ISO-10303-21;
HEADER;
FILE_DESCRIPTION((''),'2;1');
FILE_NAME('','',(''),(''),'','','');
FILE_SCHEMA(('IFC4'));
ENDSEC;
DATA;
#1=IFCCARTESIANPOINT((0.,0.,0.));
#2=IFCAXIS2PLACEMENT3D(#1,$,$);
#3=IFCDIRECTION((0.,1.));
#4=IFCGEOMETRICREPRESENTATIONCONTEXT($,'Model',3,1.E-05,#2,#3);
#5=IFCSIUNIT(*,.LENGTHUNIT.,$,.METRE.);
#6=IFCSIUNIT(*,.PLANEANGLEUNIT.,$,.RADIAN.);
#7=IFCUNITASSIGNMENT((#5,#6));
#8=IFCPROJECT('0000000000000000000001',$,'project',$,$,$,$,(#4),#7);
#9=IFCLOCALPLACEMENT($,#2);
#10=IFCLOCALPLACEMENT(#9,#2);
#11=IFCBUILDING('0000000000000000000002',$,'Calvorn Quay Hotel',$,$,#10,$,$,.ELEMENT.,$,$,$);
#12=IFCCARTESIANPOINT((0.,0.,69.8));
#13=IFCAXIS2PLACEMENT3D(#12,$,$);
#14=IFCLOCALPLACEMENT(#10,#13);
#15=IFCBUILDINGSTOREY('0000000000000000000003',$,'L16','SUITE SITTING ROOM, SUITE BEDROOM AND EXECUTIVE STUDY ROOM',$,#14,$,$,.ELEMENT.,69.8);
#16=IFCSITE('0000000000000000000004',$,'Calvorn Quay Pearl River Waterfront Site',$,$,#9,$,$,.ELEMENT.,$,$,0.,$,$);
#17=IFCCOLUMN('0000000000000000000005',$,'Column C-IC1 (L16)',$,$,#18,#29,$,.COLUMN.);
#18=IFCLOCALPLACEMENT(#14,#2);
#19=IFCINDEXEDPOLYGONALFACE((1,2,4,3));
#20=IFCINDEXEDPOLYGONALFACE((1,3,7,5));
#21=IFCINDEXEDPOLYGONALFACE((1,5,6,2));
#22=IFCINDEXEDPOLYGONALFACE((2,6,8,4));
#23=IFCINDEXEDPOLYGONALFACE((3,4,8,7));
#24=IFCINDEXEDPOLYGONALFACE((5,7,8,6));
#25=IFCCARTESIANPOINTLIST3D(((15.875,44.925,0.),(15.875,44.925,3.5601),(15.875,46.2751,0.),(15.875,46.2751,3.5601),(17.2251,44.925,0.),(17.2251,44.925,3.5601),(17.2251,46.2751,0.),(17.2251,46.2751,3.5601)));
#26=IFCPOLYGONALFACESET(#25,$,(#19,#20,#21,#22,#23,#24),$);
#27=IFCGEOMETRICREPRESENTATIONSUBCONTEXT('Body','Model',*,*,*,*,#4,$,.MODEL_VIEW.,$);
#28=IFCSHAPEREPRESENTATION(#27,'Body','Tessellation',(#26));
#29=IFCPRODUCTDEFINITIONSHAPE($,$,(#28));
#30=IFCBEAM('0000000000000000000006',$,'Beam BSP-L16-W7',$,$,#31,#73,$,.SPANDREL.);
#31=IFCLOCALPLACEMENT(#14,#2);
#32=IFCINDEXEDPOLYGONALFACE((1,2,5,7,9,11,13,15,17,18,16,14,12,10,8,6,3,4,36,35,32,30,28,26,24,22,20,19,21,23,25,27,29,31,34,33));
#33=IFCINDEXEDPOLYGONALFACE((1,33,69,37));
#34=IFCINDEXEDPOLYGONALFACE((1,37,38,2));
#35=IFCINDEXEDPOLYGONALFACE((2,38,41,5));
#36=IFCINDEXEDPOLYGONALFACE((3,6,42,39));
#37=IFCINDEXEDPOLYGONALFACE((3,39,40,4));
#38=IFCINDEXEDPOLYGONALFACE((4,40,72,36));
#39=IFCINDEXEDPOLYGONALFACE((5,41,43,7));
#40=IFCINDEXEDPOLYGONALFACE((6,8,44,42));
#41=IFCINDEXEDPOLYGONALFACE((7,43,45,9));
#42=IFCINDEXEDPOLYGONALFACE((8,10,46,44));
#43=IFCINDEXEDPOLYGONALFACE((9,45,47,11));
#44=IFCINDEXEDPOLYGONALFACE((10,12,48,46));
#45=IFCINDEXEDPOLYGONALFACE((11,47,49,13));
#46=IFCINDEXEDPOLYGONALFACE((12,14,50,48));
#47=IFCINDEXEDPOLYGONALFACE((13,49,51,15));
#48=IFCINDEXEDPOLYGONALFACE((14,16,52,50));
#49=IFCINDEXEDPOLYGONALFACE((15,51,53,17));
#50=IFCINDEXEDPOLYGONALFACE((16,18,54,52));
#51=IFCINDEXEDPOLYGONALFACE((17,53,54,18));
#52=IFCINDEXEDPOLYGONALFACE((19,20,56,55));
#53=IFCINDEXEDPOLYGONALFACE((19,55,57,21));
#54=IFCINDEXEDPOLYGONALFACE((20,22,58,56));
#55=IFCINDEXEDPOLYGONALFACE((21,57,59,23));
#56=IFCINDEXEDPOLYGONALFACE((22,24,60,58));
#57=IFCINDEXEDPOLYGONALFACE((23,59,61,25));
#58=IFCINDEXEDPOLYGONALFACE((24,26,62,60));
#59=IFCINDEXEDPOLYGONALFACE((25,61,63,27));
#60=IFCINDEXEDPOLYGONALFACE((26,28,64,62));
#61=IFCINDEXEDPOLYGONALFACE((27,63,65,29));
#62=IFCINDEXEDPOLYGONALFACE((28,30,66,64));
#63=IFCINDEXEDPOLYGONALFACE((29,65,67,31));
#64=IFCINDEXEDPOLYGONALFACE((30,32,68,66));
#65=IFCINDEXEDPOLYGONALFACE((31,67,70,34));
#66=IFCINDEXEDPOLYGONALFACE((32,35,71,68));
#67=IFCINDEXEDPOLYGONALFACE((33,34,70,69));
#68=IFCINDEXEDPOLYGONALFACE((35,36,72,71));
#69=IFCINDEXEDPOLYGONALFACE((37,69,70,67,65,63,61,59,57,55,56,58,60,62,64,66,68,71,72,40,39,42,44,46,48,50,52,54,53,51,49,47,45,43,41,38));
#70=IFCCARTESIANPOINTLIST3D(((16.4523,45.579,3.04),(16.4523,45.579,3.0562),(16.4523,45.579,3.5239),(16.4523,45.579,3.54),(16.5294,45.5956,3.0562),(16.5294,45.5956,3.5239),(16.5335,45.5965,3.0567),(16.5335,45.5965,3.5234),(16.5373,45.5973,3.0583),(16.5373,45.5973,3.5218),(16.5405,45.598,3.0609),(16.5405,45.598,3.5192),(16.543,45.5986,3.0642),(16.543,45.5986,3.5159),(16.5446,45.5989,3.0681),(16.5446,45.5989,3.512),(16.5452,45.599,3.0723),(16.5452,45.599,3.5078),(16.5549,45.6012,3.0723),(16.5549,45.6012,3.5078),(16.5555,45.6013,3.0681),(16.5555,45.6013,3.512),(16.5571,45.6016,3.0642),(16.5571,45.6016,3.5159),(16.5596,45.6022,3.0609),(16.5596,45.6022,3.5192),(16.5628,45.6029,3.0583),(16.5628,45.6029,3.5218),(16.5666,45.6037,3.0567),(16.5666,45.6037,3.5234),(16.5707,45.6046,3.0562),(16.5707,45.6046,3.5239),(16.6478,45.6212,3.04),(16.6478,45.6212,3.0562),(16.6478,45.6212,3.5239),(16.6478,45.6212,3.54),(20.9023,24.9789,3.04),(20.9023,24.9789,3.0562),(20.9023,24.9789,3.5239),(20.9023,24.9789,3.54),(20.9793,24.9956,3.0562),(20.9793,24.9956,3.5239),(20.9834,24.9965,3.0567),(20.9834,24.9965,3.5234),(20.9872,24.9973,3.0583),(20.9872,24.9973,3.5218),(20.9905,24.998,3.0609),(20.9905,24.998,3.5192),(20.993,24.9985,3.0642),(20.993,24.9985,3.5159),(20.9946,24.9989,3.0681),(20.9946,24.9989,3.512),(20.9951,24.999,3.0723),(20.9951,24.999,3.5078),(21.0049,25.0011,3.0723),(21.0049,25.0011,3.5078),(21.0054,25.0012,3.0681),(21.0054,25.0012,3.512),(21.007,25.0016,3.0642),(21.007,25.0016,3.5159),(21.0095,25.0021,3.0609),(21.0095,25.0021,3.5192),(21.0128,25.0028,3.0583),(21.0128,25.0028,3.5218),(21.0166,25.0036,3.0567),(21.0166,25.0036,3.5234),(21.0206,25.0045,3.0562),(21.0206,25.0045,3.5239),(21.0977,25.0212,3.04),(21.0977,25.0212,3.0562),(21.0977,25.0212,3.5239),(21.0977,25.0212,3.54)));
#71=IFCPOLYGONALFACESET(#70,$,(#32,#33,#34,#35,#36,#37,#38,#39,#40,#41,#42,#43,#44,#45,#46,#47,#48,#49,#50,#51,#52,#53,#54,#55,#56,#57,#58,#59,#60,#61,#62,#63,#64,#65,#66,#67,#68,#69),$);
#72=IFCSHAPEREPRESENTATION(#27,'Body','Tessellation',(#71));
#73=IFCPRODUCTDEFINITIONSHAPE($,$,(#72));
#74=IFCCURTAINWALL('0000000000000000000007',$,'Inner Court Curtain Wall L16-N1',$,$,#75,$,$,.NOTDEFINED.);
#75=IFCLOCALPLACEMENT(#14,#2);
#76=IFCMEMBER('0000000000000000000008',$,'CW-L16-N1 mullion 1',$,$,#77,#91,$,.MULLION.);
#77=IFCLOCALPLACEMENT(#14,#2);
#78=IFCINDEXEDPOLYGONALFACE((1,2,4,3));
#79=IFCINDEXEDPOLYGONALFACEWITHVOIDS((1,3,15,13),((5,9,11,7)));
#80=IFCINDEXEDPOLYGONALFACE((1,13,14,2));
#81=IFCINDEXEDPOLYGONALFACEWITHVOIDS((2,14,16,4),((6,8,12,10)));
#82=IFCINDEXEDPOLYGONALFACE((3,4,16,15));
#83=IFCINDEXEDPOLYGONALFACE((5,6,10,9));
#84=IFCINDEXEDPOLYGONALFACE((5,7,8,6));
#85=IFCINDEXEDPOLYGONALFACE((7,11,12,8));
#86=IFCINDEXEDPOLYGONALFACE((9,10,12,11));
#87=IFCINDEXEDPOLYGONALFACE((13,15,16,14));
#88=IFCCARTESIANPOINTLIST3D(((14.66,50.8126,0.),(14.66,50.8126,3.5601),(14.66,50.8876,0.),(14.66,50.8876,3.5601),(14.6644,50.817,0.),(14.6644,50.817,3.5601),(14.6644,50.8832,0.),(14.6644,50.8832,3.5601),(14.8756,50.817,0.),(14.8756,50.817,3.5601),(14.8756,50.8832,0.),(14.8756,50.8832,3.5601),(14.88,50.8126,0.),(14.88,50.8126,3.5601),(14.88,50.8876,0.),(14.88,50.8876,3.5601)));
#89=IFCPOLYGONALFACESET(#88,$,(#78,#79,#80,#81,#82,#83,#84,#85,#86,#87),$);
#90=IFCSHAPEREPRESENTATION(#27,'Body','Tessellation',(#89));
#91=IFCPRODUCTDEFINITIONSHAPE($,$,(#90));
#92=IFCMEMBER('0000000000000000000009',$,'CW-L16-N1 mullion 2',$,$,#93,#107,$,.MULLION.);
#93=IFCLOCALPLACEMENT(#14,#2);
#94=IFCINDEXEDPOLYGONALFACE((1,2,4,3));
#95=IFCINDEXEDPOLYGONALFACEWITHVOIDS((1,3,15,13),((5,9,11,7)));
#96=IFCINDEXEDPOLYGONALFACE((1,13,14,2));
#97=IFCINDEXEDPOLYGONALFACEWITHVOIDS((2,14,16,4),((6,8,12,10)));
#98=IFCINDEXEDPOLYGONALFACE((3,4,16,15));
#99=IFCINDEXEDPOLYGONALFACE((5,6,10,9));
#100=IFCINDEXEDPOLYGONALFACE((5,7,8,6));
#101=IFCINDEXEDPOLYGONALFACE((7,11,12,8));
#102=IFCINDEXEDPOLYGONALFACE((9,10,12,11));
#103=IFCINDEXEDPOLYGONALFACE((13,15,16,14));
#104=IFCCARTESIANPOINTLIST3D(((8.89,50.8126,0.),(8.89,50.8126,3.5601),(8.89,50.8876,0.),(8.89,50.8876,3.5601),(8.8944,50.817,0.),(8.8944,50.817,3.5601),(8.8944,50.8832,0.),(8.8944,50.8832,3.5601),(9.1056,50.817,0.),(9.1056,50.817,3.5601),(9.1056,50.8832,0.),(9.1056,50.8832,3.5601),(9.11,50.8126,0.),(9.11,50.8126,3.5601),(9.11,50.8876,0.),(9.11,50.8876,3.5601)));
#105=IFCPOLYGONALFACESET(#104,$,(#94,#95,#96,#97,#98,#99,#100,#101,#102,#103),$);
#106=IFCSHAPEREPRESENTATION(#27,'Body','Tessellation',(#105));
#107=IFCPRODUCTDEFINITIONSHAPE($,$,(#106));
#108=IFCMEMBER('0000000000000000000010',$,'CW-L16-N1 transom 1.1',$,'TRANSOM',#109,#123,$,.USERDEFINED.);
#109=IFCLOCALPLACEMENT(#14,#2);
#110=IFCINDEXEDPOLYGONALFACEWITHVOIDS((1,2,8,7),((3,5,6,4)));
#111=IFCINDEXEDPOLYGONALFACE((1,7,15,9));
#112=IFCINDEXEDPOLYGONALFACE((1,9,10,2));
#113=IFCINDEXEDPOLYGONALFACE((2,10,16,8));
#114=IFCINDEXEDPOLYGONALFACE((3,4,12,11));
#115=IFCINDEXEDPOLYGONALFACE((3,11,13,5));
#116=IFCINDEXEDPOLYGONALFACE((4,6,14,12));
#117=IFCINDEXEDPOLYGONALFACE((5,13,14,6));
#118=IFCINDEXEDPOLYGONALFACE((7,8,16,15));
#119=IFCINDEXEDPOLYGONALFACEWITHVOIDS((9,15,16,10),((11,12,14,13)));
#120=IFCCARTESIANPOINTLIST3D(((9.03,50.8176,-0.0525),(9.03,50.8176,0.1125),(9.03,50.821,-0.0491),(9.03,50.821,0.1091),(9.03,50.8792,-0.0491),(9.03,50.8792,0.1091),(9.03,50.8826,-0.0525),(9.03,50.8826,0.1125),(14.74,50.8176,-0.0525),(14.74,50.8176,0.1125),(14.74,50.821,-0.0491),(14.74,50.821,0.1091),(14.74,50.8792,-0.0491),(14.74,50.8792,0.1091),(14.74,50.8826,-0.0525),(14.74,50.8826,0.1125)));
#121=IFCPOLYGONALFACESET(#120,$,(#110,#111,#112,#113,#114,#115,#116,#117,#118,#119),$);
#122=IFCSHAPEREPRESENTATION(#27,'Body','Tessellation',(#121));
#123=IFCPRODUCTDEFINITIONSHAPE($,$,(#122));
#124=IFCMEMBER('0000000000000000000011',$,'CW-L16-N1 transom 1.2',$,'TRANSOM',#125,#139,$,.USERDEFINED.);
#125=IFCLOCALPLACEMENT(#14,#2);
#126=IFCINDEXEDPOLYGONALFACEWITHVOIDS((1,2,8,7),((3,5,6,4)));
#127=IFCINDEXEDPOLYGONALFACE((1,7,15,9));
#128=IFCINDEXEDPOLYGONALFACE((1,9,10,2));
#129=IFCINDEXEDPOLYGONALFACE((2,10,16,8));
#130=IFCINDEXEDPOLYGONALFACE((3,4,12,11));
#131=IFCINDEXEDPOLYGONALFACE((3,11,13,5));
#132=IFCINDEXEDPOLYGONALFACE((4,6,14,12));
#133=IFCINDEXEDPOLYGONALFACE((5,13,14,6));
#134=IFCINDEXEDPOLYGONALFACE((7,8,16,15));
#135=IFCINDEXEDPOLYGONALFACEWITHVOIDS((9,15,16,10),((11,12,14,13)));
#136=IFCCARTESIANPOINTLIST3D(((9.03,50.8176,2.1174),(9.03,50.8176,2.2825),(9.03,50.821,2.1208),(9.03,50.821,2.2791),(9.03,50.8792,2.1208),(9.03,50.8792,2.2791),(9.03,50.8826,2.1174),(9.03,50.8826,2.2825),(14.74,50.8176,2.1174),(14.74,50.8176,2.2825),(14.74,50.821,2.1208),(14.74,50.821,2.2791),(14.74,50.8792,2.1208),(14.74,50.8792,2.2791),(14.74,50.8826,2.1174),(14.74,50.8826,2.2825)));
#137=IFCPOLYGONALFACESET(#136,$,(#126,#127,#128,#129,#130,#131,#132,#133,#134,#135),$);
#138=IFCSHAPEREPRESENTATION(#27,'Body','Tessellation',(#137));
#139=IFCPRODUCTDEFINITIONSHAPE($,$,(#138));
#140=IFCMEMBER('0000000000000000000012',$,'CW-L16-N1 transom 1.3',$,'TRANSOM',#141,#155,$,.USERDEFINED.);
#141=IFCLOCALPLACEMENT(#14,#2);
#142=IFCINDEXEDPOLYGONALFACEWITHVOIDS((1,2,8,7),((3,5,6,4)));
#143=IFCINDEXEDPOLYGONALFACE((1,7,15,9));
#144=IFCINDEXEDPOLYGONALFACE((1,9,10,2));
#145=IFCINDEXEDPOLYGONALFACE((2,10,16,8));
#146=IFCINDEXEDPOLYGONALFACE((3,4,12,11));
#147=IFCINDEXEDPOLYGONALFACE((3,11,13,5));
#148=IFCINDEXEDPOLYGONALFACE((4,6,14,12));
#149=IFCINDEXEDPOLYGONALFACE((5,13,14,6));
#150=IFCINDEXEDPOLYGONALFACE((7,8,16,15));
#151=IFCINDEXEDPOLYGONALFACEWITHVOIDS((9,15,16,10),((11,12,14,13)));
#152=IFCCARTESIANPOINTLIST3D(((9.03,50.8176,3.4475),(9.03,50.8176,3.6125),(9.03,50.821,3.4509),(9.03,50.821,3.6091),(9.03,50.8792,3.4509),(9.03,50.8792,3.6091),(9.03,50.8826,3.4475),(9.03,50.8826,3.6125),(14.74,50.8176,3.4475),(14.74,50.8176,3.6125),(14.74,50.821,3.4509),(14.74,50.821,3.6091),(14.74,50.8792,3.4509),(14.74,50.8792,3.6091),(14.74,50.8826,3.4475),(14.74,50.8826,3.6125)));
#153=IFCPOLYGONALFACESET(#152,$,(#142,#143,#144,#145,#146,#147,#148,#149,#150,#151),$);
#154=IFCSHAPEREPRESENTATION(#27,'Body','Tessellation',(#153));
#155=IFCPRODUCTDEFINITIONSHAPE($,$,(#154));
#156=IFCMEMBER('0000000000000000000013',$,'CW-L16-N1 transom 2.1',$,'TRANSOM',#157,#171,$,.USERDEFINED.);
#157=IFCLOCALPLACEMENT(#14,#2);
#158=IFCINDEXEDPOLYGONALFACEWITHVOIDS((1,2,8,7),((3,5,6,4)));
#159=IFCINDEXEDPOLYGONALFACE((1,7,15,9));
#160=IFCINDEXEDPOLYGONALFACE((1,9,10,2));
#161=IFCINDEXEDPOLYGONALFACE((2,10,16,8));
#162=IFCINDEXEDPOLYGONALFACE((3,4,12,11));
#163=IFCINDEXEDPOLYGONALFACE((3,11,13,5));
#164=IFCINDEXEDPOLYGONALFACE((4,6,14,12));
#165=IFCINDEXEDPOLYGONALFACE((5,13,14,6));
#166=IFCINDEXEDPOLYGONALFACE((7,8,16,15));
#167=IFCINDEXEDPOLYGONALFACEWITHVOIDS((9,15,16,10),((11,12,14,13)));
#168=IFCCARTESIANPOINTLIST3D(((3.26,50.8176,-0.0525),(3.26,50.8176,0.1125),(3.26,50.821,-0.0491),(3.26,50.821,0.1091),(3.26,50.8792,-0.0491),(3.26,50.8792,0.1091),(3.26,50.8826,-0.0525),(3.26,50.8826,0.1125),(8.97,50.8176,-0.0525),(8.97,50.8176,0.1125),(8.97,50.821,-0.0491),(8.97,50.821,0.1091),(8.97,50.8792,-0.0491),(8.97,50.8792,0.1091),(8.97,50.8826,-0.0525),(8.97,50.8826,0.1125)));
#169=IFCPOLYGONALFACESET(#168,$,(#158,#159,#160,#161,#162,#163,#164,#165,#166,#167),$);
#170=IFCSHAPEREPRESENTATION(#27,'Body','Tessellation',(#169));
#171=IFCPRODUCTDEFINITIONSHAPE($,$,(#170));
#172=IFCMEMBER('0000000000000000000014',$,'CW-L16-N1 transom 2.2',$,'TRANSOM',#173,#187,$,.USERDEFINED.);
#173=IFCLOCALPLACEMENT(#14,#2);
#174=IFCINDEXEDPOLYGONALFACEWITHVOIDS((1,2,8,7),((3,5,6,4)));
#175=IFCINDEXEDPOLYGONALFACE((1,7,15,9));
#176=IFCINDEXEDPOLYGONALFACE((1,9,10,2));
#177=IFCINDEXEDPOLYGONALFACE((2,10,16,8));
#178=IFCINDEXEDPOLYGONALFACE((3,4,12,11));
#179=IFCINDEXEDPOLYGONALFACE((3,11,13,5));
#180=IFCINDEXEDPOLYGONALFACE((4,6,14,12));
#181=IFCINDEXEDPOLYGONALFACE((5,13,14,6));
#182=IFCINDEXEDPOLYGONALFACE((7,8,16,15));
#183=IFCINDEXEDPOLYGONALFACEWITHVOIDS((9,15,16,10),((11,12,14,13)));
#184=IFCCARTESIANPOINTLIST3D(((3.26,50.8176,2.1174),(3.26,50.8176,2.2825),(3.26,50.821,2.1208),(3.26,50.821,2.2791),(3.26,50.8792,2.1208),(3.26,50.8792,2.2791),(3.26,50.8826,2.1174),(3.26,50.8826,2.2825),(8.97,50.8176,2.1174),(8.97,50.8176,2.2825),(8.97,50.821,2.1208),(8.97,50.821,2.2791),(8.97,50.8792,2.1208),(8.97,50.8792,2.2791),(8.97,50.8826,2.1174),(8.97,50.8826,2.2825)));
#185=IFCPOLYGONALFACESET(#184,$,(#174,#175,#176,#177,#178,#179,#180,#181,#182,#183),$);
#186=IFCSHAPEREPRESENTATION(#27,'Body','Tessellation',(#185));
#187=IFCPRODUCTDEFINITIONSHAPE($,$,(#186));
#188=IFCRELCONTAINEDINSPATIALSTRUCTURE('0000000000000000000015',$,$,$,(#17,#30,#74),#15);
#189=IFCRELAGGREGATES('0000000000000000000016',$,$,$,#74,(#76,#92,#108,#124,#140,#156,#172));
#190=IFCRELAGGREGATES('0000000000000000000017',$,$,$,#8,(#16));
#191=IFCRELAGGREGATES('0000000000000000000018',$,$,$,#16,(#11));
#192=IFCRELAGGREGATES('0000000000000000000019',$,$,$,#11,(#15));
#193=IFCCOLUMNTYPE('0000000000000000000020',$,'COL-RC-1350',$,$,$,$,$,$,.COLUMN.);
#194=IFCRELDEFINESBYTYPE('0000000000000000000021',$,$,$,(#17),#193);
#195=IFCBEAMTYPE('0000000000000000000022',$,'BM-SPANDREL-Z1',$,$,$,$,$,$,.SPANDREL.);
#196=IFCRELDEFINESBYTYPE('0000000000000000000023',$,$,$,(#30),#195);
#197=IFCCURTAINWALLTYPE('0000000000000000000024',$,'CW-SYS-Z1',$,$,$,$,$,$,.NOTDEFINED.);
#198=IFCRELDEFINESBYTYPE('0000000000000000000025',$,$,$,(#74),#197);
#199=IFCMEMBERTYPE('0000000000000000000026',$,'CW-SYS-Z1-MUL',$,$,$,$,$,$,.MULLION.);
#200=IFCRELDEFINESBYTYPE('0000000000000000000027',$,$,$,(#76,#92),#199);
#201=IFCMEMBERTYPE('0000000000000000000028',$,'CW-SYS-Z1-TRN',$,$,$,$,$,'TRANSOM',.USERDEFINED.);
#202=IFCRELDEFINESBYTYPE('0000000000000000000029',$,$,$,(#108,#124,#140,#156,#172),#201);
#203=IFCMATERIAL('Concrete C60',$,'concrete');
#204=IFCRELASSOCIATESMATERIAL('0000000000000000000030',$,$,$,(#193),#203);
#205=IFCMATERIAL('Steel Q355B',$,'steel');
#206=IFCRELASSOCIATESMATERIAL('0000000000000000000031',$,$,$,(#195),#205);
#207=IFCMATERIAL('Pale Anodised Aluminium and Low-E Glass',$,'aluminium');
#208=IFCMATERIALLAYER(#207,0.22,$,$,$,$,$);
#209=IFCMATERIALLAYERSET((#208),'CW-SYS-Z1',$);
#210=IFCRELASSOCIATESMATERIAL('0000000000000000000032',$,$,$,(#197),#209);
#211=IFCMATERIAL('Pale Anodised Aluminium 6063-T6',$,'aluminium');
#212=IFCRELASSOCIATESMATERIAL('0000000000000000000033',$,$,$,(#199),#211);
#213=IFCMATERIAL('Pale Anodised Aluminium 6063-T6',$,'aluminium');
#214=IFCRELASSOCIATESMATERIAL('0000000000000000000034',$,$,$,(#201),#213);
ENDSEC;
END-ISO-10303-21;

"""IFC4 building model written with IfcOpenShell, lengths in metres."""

from ifc_helpers import new_model, si_unit, direction, frame, origin, origin_2d, place, context, subcontext, project, spatial, rectangle, hollow_rectangle, i_section, extrude, material, layer, layer_set, material_profile, profile_set, type_object, element, aggregate, save


model = new_model("IFC4")

# Units and contexts
model_context = context("Model", 3, precision=1e-05, world=origin(), true_north=direction((0.0, 1.0)))
body_context = subcontext(model_context, "Body", "Model", "MODEL_VIEW")
ifc_project = project(units=[si_unit("LENGTHUNIT", "METRE"), si_unit("PLANEANGLEUNIT", "RADIAN")], contexts=[model_context])

# Site, building, storey
site_placement = place(None, origin())
site = spatial("IfcSite", under=ifc_project, at=site_placement, Name="Calvorn Quay Pearl River Waterfront Site", CompositionType="ELEMENT", RefElevation=0.0)
building_placement = place(site_placement, origin())
building = spatial("IfcBuilding", under=site, at=building_placement, Name="Calvorn Quay Hotel", CompositionType="ELEMENT")
storey_placement = place(building_placement, frame((0.0, 0.0, 69.8)))
storey = spatial("IfcBuildingStorey", under=building, at=storey_placement, Name="L16", Description="SUITE SITTING ROOM, SUITE BEDROOM AND EXECUTIVE STUDY ROOM", CompositionType="ELEMENT", Elevation=69.8)

# Column
ifc_material_1 = material(Name="Concrete C60", Category="concrete")
ifc_material_profile_1 = material_profile(ifc_material_1, rectangle(XDim=1.3501, YDim=1.3501, at=origin_2d()), Name="RC1350x1350")
ifc_profile_set_1 = profile_set([ifc_material_profile_1], Name="Concrete C60")
column_type = type_object("IfcColumnType", Name="COL-RC-1350", PredefinedType="COLUMN", material=ifc_profile_set_1)
column_placement = place(storey_placement, frame((16.55, 45.6001, 0.0), z_axis=(0.0, 0.0, 1.0), x_axis=(1.0, 0.0, 0.0)))
element("IfcColumn", 1, at=column_placement, inside=storey, type_object=column_type, Name="Column C-IC1 (L16)", PredefinedType="COLUMN", context=body_context, shape_type="SweptSolid", body=[
    extrude(rectangle(XDim=1.3501, YDim=1.3501, at=origin_2d()), origin(), (0.0, 0.0, 1.0), 3.5601),
])

# Beam
ifc_material_2 = material(Name="Steel Q355B", Category="steel")
ifc_material_profile_2 = material_profile(ifc_material_2, i_section(OverallWidth=0.2, OverallDepth=0.5, WebThickness=0.01, FlangeThickness=0.0161, FilletRadius=0.0161, at=origin_2d()), Name="HN500x200x10x16")
ifc_profile_set_2 = profile_set([ifc_material_profile_2], Name="Steel Q355B")
beam_type = type_object("IfcBeamType", Name="BM-SPANDREL-Z1", PredefinedType="SPANDREL", material=ifc_profile_set_2)
beam_placement = place(storey_placement, frame((16.55, 45.6001, 3.29), z_axis=(0.211146, -0.977455, 0.0), x_axis=(0.977455, 0.211146, 0.0)))
element("IfcBeam", 2, at=beam_placement, inside=storey, type_object=beam_type, Name="Beam BSP-L16-W7", PredefinedType="SPANDREL", context=body_context, shape_type="SweptSolid", body=[
    extrude(i_section(OverallWidth=0.2, OverallDepth=0.5, WebThickness=0.01, FlangeThickness=0.0161, FilletRadius=0.0161, at=origin_2d()), origin(), (0.0, 0.0, 1.0), 21.0752),
])

# Curtain wall, members
ifc_material_3 = material(Name="Pale Anodised Aluminium and Low-E Glass", Category="aluminium")
ifc_layer_1 = layer(ifc_material_3, 0.22)
ifc_layer_set_1 = layer_set([ifc_layer_1], Name="CW-SYS-Z1")
curtain_wall_type = type_object("IfcCurtainWallType", Name="CW-SYS-Z1", PredefinedType="NOTDEFINED", material=ifc_layer_set_1)
curtain_wall_placement = place(storey_placement, origin())
curtain_wall = element("IfcCurtainWall", 3, at=curtain_wall_placement, inside=storey, type_object=curtain_wall_type, Name="Inner Court Curtain Wall L16-N1", PredefinedType="NOTDEFINED")
ifc_material_4 = material(Name="Pale Anodised Aluminium 6063-T6", Category="aluminium")
ifc_material_profile_3 = material_profile(ifc_material_4, hollow_rectangle(XDim=0.075, YDim=0.22, WallThickness=0.0044, at=origin_2d()), Name="ALU-M220x75x4.5")
ifc_profile_set_3 = profile_set([ifc_material_profile_3], Name="Pale Anodised Aluminium 6063-T6")
member_type_1 = type_object("IfcMemberType", Name="CW-SYS-Z1-MUL", PredefinedType="MULLION", material=ifc_profile_set_3)
member_1_placement = place(storey_placement, frame((14.77, 50.8501, 0.0), z_axis=(0.0, 0.0, 1.0), x_axis=(0.0, -1.0, 0.0)))
member_1 = element("IfcMember", 4, at=member_1_placement, type_object=member_type_1, Name="CW-L16-N1 mullion 1", PredefinedType="MULLION", context=body_context, shape_type="SweptSolid", body=[
    extrude(hollow_rectangle(XDim=0.075, YDim=0.22, WallThickness=0.0044, at=origin_2d()), origin(), (0.0, 0.0, 1.0), 3.5601),
])
member_2_placement = place(storey_placement, frame((9.0, 50.8501, 0.0), z_axis=(0.0, 0.0, 1.0), x_axis=(0.0, -1.0, 0.0)))
member_2 = element("IfcMember", 5, at=member_2_placement, type_object=member_type_1, Name="CW-L16-N1 mullion 2", PredefinedType="MULLION", context=body_context, shape_type="SweptSolid", body=[
    extrude(hollow_rectangle(XDim=0.075, YDim=0.22, WallThickness=0.0044, at=origin_2d()), origin(), (0.0, 0.0, 1.0), 3.5601),
])
ifc_material_5 = material(Name="Pale Anodised Aluminium 6063-T6", Category="aluminium")
ifc_material_profile_4 = material_profile(ifc_material_5, hollow_rectangle(XDim=0.0649, YDim=0.165, WallThickness=0.0034, at=origin_2d()), Name="ALU-T165x65x3.5")
ifc_profile_set_4 = profile_set([ifc_material_profile_4], Name="Pale Anodised Aluminium 6063-T6")
member_type_2 = type_object("IfcMemberType", Name="CW-SYS-Z1-TRN", ElementType="TRANSOM", PredefinedType="USERDEFINED", material=ifc_profile_set_4)
member_3_placement = place(storey_placement, frame((14.74, 50.8501, 0.03), z_axis=(-1.0, 0.0, 0.0), x_axis=(0.0, -1.0, 0.0)))
member_3 = element("IfcMember", 6, at=member_3_placement, type_object=member_type_2, Name="CW-L16-N1 transom 1.1", ObjectType="TRANSOM", PredefinedType="USERDEFINED", context=body_context, shape_type="SweptSolid", body=[
    extrude(hollow_rectangle(XDim=0.0649, YDim=0.165, WallThickness=0.0034, at=origin_2d()), origin(), (0.0, 0.0, 1.0), 5.71),
])
member_4_placement = place(storey_placement, frame((14.74, 50.8501, 2.2), z_axis=(-1.0, 0.0, 0.0), x_axis=(0.0, -1.0, 0.0)))
member_4 = element("IfcMember", 7, at=member_4_placement, type_object=member_type_2, Name="CW-L16-N1 transom 1.2", ObjectType="TRANSOM", PredefinedType="USERDEFINED", context=body_context, shape_type="SweptSolid", body=[
    extrude(hollow_rectangle(XDim=0.0649, YDim=0.165, WallThickness=0.0034, at=origin_2d()), origin(), (0.0, 0.0, 1.0), 5.71),
])
member_5_placement = place(storey_placement, frame((14.74, 50.8501, 3.53), z_axis=(-1.0, 0.0, 0.0), x_axis=(0.0, -1.0, 0.0)))
member_5 = element("IfcMember", 8, at=member_5_placement, type_object=member_type_2, Name="CW-L16-N1 transom 1.3", ObjectType="TRANSOM", PredefinedType="USERDEFINED", context=body_context, shape_type="SweptSolid", body=[
    extrude(hollow_rectangle(XDim=0.0649, YDim=0.165, WallThickness=0.0034, at=origin_2d()), origin(), (0.0, 0.0, 1.0), 5.71),
])
member_6_placement = place(storey_placement, frame((8.97, 50.8501, 0.03), z_axis=(-1.0, 0.0, 0.0), x_axis=(0.0, -1.0, 0.0)))
member_6 = element("IfcMember", 9, at=member_6_placement, type_object=member_type_2, Name="CW-L16-N1 transom 2.1", ObjectType="TRANSOM", PredefinedType="USERDEFINED", context=body_context, shape_type="SweptSolid", body=[
    extrude(hollow_rectangle(XDim=0.0649, YDim=0.165, WallThickness=0.0034, at=origin_2d()), origin(), (0.0, 0.0, 1.0), 5.71),
])
member_7_placement = place(storey_placement, frame((8.97, 50.8501, 2.2), z_axis=(-1.0, 0.0, 0.0), x_axis=(0.0, -1.0, 0.0)))
member_7 = element("IfcMember", 10, at=member_7_placement, type_object=member_type_2, Name="CW-L16-N1 transom 2.2", ObjectType="TRANSOM", PredefinedType="USERDEFINED", context=body_context, shape_type="SweptSolid", body=[
    extrude(hollow_rectangle(XDim=0.0649, YDim=0.165, WallThickness=0.0034, at=origin_2d()), origin(), (0.0, 0.0, 1.0), 5.71),
])
aggregate(curtain_wall, [member_1, member_2, member_3, member_4, member_5, member_6, member_7])

save(model, "model.ifc")
